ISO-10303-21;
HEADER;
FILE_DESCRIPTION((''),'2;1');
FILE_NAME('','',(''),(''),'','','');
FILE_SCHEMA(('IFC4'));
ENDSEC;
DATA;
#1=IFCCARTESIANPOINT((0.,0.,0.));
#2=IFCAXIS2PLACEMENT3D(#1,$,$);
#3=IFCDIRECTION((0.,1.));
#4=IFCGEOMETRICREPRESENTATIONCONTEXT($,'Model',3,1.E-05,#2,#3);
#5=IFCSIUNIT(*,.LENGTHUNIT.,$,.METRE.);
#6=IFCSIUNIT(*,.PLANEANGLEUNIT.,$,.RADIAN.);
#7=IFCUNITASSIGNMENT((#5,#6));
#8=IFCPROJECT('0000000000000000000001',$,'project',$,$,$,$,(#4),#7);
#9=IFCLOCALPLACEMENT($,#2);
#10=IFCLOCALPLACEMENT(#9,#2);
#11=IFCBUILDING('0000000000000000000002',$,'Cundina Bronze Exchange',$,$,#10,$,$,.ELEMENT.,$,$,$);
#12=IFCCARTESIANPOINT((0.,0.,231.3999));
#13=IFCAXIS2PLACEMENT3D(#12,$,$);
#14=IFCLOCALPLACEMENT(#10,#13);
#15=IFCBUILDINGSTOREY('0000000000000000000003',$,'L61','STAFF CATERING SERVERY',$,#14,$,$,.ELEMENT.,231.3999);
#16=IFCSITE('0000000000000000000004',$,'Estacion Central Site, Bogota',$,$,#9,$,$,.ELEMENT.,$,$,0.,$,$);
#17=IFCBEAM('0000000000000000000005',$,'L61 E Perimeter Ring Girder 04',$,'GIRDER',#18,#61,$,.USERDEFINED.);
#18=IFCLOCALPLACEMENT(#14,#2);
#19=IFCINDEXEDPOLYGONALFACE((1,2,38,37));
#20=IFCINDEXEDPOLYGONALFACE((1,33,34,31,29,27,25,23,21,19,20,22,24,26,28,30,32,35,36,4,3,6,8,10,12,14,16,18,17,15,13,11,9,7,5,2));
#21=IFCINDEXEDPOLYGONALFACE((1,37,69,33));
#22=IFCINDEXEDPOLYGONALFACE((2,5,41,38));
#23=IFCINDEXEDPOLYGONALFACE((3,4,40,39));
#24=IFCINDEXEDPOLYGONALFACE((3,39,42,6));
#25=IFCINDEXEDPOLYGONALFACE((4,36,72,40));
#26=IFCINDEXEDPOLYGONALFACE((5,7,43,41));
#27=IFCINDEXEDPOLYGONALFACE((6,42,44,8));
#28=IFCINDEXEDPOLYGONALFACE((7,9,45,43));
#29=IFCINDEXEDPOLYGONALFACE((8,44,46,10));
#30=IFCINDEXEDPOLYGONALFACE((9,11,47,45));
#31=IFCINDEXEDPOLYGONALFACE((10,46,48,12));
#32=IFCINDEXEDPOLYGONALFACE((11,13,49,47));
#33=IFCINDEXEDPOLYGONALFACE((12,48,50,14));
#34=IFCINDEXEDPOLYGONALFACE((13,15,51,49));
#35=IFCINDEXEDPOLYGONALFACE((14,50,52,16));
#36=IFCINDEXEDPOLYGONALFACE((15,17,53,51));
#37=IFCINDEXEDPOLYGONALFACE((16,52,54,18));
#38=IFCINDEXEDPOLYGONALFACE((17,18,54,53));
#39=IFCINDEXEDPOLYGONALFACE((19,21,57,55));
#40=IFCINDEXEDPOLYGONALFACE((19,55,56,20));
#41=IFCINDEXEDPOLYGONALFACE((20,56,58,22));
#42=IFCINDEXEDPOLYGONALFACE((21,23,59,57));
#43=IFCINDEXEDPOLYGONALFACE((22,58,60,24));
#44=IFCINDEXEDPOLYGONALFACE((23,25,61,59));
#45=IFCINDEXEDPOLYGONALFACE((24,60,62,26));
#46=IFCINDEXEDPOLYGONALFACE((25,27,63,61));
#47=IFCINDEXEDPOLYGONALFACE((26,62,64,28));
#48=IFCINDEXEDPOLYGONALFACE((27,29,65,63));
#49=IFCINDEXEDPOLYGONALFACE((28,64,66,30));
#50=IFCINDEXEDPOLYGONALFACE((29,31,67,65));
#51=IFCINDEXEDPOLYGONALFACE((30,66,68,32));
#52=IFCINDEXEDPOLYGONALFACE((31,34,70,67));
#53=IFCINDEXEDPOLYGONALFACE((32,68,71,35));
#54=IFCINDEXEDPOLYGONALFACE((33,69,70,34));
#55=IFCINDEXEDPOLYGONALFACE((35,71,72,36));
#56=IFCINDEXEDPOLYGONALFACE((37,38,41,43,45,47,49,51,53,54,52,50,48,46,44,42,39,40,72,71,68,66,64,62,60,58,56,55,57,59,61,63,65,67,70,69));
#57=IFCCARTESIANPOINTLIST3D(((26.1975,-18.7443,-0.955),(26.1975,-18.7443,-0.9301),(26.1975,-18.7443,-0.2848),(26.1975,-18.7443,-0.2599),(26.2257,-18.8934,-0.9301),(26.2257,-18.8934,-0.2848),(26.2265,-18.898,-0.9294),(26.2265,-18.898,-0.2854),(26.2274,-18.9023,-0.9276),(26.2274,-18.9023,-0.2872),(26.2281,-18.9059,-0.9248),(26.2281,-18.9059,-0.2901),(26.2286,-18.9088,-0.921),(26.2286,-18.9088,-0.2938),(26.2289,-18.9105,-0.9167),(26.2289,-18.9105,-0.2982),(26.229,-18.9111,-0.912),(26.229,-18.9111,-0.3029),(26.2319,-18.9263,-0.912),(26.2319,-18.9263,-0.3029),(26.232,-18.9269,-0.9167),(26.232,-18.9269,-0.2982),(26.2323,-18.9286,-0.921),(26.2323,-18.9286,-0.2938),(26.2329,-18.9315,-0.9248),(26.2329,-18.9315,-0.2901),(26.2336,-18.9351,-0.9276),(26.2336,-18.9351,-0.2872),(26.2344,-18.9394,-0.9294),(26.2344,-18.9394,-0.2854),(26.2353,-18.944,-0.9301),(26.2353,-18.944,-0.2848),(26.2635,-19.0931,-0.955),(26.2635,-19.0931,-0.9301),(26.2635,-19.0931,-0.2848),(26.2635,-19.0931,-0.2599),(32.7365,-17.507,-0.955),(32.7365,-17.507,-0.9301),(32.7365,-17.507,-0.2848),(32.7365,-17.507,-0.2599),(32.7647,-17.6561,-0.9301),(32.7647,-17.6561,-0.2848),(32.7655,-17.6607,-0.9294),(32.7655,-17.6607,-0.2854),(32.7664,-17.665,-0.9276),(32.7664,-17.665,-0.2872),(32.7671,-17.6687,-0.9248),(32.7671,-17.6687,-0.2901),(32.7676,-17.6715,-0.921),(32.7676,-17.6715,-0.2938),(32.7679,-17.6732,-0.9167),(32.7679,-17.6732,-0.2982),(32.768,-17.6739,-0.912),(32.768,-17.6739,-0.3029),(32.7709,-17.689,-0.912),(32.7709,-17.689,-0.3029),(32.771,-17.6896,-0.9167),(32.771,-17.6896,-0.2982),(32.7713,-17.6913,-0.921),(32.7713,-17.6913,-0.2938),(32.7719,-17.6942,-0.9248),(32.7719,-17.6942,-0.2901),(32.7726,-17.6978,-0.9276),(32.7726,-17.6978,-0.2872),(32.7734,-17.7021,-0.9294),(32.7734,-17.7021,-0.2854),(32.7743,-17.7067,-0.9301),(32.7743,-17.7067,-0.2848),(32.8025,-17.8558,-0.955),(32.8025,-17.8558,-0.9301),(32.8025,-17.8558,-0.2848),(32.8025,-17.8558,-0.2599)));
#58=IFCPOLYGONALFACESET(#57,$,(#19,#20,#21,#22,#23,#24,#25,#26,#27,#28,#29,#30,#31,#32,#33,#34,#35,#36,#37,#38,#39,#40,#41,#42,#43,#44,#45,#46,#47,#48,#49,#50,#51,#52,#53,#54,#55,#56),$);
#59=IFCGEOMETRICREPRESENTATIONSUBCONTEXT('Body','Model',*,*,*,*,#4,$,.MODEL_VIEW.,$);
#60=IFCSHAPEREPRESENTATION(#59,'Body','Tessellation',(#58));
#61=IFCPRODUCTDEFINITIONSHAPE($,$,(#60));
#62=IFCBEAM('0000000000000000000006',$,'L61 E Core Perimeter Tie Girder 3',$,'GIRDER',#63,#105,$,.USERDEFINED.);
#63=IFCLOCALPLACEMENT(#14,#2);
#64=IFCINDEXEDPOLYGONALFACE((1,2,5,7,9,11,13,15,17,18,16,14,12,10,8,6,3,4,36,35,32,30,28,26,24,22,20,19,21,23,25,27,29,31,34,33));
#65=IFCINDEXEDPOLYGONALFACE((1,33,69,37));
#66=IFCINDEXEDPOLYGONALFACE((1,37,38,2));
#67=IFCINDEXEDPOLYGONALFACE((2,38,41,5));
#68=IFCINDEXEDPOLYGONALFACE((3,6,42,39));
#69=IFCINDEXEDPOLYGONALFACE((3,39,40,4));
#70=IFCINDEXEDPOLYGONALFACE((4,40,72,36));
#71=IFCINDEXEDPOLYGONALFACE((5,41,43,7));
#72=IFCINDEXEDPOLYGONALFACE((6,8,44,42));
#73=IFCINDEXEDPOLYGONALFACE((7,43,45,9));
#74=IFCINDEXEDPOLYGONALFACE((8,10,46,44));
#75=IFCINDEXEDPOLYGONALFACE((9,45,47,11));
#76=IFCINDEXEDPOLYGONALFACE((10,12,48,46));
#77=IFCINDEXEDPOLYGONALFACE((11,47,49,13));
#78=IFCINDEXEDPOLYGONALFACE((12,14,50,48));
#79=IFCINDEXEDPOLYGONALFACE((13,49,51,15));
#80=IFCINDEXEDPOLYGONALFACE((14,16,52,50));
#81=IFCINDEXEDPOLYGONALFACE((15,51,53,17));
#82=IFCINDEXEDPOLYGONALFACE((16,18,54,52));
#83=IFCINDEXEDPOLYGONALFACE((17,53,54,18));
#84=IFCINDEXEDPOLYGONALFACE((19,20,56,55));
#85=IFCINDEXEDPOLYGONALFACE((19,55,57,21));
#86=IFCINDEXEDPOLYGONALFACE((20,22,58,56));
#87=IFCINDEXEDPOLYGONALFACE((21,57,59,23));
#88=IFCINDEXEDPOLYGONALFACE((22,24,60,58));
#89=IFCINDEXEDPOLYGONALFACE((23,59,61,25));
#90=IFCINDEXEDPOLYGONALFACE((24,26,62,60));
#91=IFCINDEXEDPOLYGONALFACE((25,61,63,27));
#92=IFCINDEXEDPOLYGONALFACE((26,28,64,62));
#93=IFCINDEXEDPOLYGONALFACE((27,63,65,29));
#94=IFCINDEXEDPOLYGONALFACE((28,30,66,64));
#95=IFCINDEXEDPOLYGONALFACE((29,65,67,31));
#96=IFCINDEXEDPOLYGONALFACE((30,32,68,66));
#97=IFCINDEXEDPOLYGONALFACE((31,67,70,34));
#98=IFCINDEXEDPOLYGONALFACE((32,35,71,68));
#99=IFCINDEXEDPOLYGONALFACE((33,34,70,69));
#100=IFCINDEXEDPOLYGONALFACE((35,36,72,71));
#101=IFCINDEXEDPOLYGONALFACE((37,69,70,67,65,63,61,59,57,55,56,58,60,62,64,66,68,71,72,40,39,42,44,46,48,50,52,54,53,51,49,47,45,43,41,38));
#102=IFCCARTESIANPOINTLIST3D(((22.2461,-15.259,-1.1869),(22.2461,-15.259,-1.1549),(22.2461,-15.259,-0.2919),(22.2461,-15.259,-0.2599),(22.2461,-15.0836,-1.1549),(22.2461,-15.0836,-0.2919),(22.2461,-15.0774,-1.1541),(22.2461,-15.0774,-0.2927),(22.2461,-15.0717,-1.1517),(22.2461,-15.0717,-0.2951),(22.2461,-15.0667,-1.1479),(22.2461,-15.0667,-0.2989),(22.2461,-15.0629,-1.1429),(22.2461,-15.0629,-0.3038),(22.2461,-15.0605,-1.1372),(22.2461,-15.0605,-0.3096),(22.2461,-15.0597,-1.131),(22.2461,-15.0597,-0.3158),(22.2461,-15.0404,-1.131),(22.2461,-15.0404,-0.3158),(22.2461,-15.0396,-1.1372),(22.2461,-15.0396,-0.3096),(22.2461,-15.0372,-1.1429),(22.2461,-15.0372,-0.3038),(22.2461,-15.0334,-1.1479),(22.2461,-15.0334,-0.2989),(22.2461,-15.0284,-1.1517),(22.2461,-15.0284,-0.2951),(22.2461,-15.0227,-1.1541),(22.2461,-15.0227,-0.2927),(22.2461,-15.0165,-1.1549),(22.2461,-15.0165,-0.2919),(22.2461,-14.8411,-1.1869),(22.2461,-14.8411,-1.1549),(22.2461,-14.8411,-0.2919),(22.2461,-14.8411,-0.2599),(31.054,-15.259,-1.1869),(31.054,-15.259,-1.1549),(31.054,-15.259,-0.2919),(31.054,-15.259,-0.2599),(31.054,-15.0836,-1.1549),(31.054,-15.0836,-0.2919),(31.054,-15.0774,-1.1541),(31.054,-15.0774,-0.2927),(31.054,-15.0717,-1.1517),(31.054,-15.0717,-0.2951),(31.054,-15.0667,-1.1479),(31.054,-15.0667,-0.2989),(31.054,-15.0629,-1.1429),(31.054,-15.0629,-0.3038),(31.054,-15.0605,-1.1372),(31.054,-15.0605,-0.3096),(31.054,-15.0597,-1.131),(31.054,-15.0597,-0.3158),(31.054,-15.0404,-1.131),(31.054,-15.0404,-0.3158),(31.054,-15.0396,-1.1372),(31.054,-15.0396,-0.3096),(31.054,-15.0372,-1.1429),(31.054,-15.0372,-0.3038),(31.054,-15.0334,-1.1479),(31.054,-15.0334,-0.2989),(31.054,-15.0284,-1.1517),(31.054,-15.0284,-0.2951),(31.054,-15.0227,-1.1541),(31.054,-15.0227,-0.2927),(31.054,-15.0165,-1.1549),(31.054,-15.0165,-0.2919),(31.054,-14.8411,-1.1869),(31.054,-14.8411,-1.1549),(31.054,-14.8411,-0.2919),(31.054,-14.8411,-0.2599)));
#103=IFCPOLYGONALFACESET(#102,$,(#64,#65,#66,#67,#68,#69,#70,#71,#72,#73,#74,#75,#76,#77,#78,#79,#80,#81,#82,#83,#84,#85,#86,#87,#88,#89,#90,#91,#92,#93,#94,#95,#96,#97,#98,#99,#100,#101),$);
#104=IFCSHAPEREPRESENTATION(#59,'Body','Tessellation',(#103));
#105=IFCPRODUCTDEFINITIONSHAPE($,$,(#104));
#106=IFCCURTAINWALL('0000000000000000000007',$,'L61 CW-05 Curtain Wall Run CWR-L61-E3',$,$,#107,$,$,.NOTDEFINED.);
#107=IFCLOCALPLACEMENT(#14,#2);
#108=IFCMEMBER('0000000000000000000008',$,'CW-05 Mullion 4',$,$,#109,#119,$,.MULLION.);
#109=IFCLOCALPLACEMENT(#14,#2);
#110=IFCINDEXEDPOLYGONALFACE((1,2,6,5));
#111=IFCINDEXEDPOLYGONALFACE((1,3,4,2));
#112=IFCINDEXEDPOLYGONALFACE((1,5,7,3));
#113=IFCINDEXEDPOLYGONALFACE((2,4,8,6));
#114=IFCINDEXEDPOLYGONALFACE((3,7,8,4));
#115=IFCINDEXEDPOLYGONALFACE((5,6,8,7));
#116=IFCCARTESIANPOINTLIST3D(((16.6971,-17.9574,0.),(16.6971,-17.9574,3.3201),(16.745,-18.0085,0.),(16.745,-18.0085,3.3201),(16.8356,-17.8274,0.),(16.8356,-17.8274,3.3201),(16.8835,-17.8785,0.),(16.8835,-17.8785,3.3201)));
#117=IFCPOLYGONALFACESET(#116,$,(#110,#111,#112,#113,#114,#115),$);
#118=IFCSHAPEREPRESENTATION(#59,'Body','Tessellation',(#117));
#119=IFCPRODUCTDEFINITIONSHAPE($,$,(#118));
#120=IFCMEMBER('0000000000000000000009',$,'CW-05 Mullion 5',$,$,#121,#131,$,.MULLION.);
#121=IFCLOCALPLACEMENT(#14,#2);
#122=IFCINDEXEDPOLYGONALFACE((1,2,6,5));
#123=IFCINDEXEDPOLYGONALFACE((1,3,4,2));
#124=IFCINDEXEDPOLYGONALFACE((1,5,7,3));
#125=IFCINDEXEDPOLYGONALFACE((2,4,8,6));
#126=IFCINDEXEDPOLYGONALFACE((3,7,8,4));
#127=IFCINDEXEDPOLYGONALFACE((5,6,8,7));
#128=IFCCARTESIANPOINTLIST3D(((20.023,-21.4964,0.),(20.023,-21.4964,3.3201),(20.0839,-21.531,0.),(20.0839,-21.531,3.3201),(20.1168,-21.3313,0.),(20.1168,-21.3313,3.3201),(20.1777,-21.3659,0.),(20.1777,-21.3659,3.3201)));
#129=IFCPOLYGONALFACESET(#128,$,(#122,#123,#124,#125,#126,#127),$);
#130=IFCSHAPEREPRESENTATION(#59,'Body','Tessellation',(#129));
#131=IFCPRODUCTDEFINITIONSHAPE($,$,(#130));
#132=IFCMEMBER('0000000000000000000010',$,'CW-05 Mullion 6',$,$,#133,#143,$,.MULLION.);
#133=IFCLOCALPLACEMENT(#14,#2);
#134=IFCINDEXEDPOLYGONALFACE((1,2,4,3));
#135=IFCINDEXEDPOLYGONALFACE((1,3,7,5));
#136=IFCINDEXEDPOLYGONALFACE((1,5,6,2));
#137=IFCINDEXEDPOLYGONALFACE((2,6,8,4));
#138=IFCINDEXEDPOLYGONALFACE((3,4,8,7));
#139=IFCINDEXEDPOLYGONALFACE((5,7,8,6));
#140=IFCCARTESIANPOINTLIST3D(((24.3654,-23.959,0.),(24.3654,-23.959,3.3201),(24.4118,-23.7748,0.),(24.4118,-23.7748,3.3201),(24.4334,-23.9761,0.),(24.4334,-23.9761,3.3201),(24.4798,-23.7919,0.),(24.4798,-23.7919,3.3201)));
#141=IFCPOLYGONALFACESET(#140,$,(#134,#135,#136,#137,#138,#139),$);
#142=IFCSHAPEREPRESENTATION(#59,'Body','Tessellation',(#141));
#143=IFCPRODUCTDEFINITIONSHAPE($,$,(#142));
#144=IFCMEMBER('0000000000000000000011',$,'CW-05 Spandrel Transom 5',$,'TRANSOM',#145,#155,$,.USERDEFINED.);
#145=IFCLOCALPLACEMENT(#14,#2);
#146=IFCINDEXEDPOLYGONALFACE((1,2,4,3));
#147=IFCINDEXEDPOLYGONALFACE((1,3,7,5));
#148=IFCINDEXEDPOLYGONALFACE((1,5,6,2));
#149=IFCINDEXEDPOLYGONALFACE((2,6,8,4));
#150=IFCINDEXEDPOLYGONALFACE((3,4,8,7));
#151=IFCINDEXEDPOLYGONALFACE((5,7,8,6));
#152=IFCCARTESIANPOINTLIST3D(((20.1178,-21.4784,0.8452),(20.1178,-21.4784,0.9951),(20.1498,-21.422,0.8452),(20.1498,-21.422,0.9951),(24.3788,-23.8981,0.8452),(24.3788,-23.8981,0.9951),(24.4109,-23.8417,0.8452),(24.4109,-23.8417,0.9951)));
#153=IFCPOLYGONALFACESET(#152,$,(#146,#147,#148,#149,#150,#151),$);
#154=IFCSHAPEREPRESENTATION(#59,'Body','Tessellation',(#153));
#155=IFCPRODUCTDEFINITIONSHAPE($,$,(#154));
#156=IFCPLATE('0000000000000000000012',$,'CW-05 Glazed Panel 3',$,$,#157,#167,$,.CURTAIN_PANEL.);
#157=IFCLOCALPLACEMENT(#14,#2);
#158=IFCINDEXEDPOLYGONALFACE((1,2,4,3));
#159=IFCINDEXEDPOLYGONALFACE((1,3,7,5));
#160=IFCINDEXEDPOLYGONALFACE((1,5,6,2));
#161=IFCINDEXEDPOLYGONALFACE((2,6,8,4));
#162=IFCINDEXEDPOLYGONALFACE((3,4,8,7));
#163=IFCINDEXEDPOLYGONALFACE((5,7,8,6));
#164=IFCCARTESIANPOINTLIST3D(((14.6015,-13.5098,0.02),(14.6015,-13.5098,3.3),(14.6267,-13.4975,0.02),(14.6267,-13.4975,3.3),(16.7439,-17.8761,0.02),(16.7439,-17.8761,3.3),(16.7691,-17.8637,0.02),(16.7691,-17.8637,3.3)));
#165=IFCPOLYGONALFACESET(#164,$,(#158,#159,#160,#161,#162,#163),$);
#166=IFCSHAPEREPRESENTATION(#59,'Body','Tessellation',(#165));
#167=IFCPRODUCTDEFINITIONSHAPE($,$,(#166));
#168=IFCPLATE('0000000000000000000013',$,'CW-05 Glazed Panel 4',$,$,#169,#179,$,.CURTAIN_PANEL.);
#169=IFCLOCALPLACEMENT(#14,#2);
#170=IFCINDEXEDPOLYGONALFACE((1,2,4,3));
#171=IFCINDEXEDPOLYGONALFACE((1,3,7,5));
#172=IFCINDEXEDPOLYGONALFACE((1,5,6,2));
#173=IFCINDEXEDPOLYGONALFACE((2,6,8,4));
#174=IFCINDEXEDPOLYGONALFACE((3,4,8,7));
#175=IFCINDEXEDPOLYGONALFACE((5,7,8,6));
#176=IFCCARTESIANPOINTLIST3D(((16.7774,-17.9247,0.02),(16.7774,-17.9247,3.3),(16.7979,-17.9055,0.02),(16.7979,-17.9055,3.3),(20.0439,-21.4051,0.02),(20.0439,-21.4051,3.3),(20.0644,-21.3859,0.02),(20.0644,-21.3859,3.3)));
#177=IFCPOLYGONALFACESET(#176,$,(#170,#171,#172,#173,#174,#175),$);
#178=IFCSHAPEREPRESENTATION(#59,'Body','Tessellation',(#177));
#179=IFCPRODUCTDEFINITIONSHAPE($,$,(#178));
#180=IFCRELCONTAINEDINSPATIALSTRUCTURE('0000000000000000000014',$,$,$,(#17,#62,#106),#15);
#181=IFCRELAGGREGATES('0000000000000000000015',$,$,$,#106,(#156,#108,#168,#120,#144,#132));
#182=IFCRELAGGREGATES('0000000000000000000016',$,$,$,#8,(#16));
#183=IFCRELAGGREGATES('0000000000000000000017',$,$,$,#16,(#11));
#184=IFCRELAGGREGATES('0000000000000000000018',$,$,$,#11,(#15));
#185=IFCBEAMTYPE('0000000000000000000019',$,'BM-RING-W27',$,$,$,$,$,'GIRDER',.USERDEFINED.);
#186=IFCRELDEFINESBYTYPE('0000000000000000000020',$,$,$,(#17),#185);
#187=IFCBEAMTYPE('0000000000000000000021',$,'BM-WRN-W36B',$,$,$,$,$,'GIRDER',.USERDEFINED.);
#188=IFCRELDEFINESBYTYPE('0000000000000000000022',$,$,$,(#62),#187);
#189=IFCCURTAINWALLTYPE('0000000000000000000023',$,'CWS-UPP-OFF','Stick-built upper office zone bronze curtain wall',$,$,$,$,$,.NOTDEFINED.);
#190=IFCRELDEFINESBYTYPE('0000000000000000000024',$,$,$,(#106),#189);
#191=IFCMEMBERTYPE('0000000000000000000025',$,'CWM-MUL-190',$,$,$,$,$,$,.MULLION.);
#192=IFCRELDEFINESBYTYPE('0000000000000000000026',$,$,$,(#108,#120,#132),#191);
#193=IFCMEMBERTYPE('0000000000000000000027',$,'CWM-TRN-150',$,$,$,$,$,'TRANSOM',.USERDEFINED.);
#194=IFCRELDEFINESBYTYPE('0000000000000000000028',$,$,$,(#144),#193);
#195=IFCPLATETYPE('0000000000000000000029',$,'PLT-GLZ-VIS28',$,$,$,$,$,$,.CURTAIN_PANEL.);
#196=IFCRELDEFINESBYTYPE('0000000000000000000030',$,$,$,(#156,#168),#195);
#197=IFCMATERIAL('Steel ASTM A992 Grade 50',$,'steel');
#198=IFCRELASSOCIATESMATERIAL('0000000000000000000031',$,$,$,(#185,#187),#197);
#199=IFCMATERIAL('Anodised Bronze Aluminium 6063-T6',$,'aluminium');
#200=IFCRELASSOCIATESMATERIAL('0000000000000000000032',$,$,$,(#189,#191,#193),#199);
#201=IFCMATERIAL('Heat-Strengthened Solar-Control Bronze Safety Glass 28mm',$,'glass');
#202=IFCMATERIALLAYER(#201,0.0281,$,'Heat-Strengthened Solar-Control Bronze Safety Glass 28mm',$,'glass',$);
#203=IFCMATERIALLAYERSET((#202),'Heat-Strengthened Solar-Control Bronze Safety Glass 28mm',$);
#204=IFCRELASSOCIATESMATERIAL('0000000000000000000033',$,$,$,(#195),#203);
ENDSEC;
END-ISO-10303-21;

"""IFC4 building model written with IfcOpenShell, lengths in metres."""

from ifc_helpers import new_model, si_unit, direction, frame, origin, origin_2d, place, context, subcontext, project, spatial, rectangle, i_section, extrude, material, layer, layer_set, material_profile, profile_set, type_object, element, aggregate, save


model = new_model("IFC4")

# Units and contexts
model_context = context("Model", 3, precision=1e-05, world=origin(), true_north=direction((0.0, 1.0)))
body_context = subcontext(model_context, "Body", "Model", "MODEL_VIEW")
ifc_project = project(units=[si_unit("LENGTHUNIT", "METRE"), si_unit("PLANEANGLEUNIT", "RADIAN")], contexts=[model_context])

# Site, building, storey
site_placement = place(None, origin())
site = spatial("IfcSite", under=ifc_project, at=site_placement, Name="Estacion Central Site, Bogota", CompositionType="ELEMENT", RefElevation=0.0)
building_placement = place(site_placement, origin())
building = spatial("IfcBuilding", under=site, at=building_placement, Name="Cundina Bronze Exchange", CompositionType="ELEMENT")
storey_placement = place(building_placement, frame((0.0, 0.0, 231.3999)))
storey = spatial("IfcBuildingStorey", under=building, at=storey_placement, Name="L61", Description="STAFF CATERING SERVERY", CompositionType="ELEMENT", Elevation=231.3999)

# Shared definitions
ifc_material_1 = material(Name="Steel ASTM A992 Grade 50", Category="steel")

# Beams
ifc_material_profile_1 = material_profile(ifc_material_1, i_section(OverallWidth=0.355, OverallDepth=0.6951, WebThickness=0.0154, FlangeThickness=0.0249, FilletRadius=0.0181, at=origin_2d()), Name="W27X146", Category="steel")
ifc_profile_set_1 = profile_set([ifc_material_profile_1], Name="Steel ASTM A992 Grade 50")
beam_type_1 = type_object("IfcBeamType", Name="BM-RING-W27", ElementType="GIRDER", PredefinedType="USERDEFINED", material=ifc_profile_set_1)
beam_1_placement = place(storey_placement, frame((26.2305, -18.9187, -0.6074), z_axis=(0.982565, 0.185918, 0.0), x_axis=(-0.185918, 0.982565, 0.0)))
element("IfcBeam", 1, at=beam_1_placement, inside=storey, type_object=beam_type_1, Name="L61 E Perimeter Ring Girder 04", ObjectType="GIRDER", PredefinedType="USERDEFINED", context=body_context, shape_type="SweptSolid", body=[
    extrude(i_section(OverallWidth=0.355, OverallDepth=0.6951, WebThickness=0.0154, FlangeThickness=0.0249, FilletRadius=0.0181, at=origin_2d()), origin(), (0.0, 0.0, 1.0), 6.655),
])
ifc_material_profile_2 = material_profile(ifc_material_1, i_section(OverallWidth=0.418, OverallDepth=0.927, WebThickness=0.0193, FlangeThickness=0.032, FilletRadius=0.0239, at=origin_2d()), Name="W36X231", Category="steel")
ifc_profile_set_2 = profile_set([ifc_material_profile_2], Name="Steel ASTM A992 Grade 50")
beam_type_2 = type_object("IfcBeamType", Name="BM-WRN-W36B", ElementType="GIRDER", PredefinedType="USERDEFINED", material=ifc_profile_set_2)
beam_2_placement = place(storey_placement, frame((22.2461, -15.05, -0.7234), z_axis=(1.0, 0.0, 0.0), x_axis=(0.0, 1.0, 0.0)))
element("IfcBeam", 2, at=beam_2_placement, inside=storey, type_object=beam_type_2, Name="L61 E Core Perimeter Tie Girder 3", ObjectType="GIRDER", PredefinedType="USERDEFINED", context=body_context, shape_type="SweptSolid", body=[
    extrude(i_section(OverallWidth=0.418, OverallDepth=0.927, WebThickness=0.0193, FlangeThickness=0.032, FilletRadius=0.0239, at=origin_2d()), origin(), (0.0, 0.0, 1.0), 8.8079),
])

# Curtain wall, members, plates
ifc_material_2 = material(Name="Anodised Bronze Aluminium 6063-T6", Category="aluminium")
curtain_wall_type = type_object("IfcCurtainWallType", Name="CWS-UPP-OFF", Description="Stick-built upper office zone bronze curtain wall", PredefinedType="NOTDEFINED", material=ifc_material_2)
curtain_wall_placement = place(storey_placement, origin())
curtain_wall = element("IfcCurtainWall", 3, at=curtain_wall_placement, inside=storey, type_object=curtain_wall_type, Name="L61 CW-05 Curtain Wall Run CWR-L61-E3", PredefinedType="NOTDEFINED")
ifc_material_profile_3 = material_profile(ifc_material_2, rectangle(XDim=0.0701, YDim=0.1899, at=origin_2d()), Name="AL70X190", Category="aluminium")
ifc_profile_set_3 = profile_set([ifc_material_profile_3], Name="Anodised Bronze Aluminium 6063-T6")
member_type_1 = type_object("IfcMemberType", Name="CWM-MUL-190", PredefinedType="MULLION", material=ifc_profile_set_3)
member_1_placement = place(storey_placement, frame((16.7903, -17.918, 0.0), z_axis=(0.0, 0.0, 1.0), x_axis=(0.684293, -0.729208, 0.0)))
member_1 = element("IfcMember", 4, at=member_1_placement, type_object=member_type_1, Name="CW-05 Mullion 4", PredefinedType="MULLION", context=body_context, shape_type="SweptSolid", body=[
    extrude(rectangle(XDim=0.0701, YDim=0.1899, at=origin_2d()), origin(), (0.0, 0.0, 1.0), 3.3201),
])
member_2_placement = place(storey_placement, frame((20.1003, -21.4312, 0.0), z_axis=(0.0, 0.0, 1.0), x_axis=(0.869581, -0.49379, 0.0)))
member_2 = element("IfcMember", 5, at=member_2_placement, type_object=member_type_1, Name="CW-05 Mullion 5", PredefinedType="MULLION", context=body_context, shape_type="SweptSolid", body=[
    extrude(rectangle(XDim=0.0701, YDim=0.1899, at=origin_2d()), origin(), (0.0, 0.0, 1.0), 3.3201),
])
member_3_placement = place(storey_placement, frame((24.4226, -23.8755, 0.0), z_axis=(0.0, 0.0, 1.0), x_axis=(0.969744, -0.244123, 0.0)))
member_3 = element("IfcMember", 6, at=member_3_placement, type_object=member_type_1, Name="CW-05 Mullion 6", PredefinedType="MULLION", context=body_context, shape_type="SweptSolid", body=[
    extrude(rectangle(XDim=0.0701, YDim=0.1899, at=origin_2d()), origin(), (0.0, 0.0, 1.0), 3.3201),
])
ifc_material_profile_4 = material_profile(ifc_material_2, rectangle(XDim=0.0649, YDim=0.1499, at=origin_2d()), Name="AL65X150", Category="aluminium")
ifc_profile_set_4 = profile_set([ifc_material_profile_4], Name="Anodised Bronze Aluminium 6063-T6")
member_type_2 = type_object("IfcMemberType", Name="CWM-TRN-150", ElementType="TRANSOM", PredefinedType="USERDEFINED", material=ifc_profile_set_4)
member_4_placement = place(storey_placement, frame((20.1338, -21.4502, 0.9202), z_axis=(0.869574, -0.493803, 0.0), x_axis=(0.493803, 0.869574, 0.0)))
member_4 = element("IfcMember", 7, at=member_4_placement, type_object=member_type_2, Name="CW-05 Spandrel Transom 5", ObjectType="TRANSOM", PredefinedType="USERDEFINED", context=body_context, shape_type="SweptSolid", body=[
    extrude(rectangle(XDim=0.0649, YDim=0.1499, at=origin_2d()), origin(), (0.0, 0.0, 1.0), 4.9001),
])
ifc_material_3 = material(Name="Heat-Strengthened Solar-Control Bronze Safety Glass 28mm", Category="glass")
ifc_layer_1 = layer(ifc_material_3, 0.0281, Name="Heat-Strengthened Solar-Control Bronze Safety Glass 28mm", Category="glass")
ifc_layer_set_1 = layer_set([ifc_layer_1], Name="Heat-Strengthened Solar-Control Bronze Safety Glass 28mm")
plate_type = type_object("IfcPlateType", Name="PLT-GLZ-VIS28", PredefinedType="CURTAIN_PANEL", material=ifc_layer_set_1)
plate_1_placement = place(storey_placement, frame((15.6853, -15.6868, 0.02), z_axis=(0.0, 0.0, 1.0), x_axis=(0.440503, -0.897751, 0.0)))
plate_1 = element("IfcPlate", 8, at=plate_1_placement, type_object=plate_type, Name="CW-05 Glazed Panel 3", PredefinedType="CURTAIN_PANEL", context=body_context, shape_type="SweptSolid", body=[
    extrude(rectangle(XDim=4.8635, YDim=0.0281, at=origin_2d()), origin(), (0.0, 0.0, 1.0), 3.28),
])
plate_2_placement = place(storey_placement, frame((18.4209, -19.6553, 0.02), z_axis=(0.0, 0.0, 1.0), x_axis=(0.684344, -0.72916, 0.0)))
plate_2 = element("IfcPlate", 9, at=plate_2_placement, type_object=plate_type, Name="CW-05 Glazed Panel 4", PredefinedType="CURTAIN_PANEL", context=body_context, shape_type="SweptSolid", body=[
    extrude(rectangle(XDim=4.7732, YDim=0.0281, at=origin_2d()), origin(), (0.0, 0.0, 1.0), 3.28),
])
aggregate(curtain_wall, [plate_1, member_1, plate_2, member_2, member_4, member_3])

save(model, "model.ifc")
